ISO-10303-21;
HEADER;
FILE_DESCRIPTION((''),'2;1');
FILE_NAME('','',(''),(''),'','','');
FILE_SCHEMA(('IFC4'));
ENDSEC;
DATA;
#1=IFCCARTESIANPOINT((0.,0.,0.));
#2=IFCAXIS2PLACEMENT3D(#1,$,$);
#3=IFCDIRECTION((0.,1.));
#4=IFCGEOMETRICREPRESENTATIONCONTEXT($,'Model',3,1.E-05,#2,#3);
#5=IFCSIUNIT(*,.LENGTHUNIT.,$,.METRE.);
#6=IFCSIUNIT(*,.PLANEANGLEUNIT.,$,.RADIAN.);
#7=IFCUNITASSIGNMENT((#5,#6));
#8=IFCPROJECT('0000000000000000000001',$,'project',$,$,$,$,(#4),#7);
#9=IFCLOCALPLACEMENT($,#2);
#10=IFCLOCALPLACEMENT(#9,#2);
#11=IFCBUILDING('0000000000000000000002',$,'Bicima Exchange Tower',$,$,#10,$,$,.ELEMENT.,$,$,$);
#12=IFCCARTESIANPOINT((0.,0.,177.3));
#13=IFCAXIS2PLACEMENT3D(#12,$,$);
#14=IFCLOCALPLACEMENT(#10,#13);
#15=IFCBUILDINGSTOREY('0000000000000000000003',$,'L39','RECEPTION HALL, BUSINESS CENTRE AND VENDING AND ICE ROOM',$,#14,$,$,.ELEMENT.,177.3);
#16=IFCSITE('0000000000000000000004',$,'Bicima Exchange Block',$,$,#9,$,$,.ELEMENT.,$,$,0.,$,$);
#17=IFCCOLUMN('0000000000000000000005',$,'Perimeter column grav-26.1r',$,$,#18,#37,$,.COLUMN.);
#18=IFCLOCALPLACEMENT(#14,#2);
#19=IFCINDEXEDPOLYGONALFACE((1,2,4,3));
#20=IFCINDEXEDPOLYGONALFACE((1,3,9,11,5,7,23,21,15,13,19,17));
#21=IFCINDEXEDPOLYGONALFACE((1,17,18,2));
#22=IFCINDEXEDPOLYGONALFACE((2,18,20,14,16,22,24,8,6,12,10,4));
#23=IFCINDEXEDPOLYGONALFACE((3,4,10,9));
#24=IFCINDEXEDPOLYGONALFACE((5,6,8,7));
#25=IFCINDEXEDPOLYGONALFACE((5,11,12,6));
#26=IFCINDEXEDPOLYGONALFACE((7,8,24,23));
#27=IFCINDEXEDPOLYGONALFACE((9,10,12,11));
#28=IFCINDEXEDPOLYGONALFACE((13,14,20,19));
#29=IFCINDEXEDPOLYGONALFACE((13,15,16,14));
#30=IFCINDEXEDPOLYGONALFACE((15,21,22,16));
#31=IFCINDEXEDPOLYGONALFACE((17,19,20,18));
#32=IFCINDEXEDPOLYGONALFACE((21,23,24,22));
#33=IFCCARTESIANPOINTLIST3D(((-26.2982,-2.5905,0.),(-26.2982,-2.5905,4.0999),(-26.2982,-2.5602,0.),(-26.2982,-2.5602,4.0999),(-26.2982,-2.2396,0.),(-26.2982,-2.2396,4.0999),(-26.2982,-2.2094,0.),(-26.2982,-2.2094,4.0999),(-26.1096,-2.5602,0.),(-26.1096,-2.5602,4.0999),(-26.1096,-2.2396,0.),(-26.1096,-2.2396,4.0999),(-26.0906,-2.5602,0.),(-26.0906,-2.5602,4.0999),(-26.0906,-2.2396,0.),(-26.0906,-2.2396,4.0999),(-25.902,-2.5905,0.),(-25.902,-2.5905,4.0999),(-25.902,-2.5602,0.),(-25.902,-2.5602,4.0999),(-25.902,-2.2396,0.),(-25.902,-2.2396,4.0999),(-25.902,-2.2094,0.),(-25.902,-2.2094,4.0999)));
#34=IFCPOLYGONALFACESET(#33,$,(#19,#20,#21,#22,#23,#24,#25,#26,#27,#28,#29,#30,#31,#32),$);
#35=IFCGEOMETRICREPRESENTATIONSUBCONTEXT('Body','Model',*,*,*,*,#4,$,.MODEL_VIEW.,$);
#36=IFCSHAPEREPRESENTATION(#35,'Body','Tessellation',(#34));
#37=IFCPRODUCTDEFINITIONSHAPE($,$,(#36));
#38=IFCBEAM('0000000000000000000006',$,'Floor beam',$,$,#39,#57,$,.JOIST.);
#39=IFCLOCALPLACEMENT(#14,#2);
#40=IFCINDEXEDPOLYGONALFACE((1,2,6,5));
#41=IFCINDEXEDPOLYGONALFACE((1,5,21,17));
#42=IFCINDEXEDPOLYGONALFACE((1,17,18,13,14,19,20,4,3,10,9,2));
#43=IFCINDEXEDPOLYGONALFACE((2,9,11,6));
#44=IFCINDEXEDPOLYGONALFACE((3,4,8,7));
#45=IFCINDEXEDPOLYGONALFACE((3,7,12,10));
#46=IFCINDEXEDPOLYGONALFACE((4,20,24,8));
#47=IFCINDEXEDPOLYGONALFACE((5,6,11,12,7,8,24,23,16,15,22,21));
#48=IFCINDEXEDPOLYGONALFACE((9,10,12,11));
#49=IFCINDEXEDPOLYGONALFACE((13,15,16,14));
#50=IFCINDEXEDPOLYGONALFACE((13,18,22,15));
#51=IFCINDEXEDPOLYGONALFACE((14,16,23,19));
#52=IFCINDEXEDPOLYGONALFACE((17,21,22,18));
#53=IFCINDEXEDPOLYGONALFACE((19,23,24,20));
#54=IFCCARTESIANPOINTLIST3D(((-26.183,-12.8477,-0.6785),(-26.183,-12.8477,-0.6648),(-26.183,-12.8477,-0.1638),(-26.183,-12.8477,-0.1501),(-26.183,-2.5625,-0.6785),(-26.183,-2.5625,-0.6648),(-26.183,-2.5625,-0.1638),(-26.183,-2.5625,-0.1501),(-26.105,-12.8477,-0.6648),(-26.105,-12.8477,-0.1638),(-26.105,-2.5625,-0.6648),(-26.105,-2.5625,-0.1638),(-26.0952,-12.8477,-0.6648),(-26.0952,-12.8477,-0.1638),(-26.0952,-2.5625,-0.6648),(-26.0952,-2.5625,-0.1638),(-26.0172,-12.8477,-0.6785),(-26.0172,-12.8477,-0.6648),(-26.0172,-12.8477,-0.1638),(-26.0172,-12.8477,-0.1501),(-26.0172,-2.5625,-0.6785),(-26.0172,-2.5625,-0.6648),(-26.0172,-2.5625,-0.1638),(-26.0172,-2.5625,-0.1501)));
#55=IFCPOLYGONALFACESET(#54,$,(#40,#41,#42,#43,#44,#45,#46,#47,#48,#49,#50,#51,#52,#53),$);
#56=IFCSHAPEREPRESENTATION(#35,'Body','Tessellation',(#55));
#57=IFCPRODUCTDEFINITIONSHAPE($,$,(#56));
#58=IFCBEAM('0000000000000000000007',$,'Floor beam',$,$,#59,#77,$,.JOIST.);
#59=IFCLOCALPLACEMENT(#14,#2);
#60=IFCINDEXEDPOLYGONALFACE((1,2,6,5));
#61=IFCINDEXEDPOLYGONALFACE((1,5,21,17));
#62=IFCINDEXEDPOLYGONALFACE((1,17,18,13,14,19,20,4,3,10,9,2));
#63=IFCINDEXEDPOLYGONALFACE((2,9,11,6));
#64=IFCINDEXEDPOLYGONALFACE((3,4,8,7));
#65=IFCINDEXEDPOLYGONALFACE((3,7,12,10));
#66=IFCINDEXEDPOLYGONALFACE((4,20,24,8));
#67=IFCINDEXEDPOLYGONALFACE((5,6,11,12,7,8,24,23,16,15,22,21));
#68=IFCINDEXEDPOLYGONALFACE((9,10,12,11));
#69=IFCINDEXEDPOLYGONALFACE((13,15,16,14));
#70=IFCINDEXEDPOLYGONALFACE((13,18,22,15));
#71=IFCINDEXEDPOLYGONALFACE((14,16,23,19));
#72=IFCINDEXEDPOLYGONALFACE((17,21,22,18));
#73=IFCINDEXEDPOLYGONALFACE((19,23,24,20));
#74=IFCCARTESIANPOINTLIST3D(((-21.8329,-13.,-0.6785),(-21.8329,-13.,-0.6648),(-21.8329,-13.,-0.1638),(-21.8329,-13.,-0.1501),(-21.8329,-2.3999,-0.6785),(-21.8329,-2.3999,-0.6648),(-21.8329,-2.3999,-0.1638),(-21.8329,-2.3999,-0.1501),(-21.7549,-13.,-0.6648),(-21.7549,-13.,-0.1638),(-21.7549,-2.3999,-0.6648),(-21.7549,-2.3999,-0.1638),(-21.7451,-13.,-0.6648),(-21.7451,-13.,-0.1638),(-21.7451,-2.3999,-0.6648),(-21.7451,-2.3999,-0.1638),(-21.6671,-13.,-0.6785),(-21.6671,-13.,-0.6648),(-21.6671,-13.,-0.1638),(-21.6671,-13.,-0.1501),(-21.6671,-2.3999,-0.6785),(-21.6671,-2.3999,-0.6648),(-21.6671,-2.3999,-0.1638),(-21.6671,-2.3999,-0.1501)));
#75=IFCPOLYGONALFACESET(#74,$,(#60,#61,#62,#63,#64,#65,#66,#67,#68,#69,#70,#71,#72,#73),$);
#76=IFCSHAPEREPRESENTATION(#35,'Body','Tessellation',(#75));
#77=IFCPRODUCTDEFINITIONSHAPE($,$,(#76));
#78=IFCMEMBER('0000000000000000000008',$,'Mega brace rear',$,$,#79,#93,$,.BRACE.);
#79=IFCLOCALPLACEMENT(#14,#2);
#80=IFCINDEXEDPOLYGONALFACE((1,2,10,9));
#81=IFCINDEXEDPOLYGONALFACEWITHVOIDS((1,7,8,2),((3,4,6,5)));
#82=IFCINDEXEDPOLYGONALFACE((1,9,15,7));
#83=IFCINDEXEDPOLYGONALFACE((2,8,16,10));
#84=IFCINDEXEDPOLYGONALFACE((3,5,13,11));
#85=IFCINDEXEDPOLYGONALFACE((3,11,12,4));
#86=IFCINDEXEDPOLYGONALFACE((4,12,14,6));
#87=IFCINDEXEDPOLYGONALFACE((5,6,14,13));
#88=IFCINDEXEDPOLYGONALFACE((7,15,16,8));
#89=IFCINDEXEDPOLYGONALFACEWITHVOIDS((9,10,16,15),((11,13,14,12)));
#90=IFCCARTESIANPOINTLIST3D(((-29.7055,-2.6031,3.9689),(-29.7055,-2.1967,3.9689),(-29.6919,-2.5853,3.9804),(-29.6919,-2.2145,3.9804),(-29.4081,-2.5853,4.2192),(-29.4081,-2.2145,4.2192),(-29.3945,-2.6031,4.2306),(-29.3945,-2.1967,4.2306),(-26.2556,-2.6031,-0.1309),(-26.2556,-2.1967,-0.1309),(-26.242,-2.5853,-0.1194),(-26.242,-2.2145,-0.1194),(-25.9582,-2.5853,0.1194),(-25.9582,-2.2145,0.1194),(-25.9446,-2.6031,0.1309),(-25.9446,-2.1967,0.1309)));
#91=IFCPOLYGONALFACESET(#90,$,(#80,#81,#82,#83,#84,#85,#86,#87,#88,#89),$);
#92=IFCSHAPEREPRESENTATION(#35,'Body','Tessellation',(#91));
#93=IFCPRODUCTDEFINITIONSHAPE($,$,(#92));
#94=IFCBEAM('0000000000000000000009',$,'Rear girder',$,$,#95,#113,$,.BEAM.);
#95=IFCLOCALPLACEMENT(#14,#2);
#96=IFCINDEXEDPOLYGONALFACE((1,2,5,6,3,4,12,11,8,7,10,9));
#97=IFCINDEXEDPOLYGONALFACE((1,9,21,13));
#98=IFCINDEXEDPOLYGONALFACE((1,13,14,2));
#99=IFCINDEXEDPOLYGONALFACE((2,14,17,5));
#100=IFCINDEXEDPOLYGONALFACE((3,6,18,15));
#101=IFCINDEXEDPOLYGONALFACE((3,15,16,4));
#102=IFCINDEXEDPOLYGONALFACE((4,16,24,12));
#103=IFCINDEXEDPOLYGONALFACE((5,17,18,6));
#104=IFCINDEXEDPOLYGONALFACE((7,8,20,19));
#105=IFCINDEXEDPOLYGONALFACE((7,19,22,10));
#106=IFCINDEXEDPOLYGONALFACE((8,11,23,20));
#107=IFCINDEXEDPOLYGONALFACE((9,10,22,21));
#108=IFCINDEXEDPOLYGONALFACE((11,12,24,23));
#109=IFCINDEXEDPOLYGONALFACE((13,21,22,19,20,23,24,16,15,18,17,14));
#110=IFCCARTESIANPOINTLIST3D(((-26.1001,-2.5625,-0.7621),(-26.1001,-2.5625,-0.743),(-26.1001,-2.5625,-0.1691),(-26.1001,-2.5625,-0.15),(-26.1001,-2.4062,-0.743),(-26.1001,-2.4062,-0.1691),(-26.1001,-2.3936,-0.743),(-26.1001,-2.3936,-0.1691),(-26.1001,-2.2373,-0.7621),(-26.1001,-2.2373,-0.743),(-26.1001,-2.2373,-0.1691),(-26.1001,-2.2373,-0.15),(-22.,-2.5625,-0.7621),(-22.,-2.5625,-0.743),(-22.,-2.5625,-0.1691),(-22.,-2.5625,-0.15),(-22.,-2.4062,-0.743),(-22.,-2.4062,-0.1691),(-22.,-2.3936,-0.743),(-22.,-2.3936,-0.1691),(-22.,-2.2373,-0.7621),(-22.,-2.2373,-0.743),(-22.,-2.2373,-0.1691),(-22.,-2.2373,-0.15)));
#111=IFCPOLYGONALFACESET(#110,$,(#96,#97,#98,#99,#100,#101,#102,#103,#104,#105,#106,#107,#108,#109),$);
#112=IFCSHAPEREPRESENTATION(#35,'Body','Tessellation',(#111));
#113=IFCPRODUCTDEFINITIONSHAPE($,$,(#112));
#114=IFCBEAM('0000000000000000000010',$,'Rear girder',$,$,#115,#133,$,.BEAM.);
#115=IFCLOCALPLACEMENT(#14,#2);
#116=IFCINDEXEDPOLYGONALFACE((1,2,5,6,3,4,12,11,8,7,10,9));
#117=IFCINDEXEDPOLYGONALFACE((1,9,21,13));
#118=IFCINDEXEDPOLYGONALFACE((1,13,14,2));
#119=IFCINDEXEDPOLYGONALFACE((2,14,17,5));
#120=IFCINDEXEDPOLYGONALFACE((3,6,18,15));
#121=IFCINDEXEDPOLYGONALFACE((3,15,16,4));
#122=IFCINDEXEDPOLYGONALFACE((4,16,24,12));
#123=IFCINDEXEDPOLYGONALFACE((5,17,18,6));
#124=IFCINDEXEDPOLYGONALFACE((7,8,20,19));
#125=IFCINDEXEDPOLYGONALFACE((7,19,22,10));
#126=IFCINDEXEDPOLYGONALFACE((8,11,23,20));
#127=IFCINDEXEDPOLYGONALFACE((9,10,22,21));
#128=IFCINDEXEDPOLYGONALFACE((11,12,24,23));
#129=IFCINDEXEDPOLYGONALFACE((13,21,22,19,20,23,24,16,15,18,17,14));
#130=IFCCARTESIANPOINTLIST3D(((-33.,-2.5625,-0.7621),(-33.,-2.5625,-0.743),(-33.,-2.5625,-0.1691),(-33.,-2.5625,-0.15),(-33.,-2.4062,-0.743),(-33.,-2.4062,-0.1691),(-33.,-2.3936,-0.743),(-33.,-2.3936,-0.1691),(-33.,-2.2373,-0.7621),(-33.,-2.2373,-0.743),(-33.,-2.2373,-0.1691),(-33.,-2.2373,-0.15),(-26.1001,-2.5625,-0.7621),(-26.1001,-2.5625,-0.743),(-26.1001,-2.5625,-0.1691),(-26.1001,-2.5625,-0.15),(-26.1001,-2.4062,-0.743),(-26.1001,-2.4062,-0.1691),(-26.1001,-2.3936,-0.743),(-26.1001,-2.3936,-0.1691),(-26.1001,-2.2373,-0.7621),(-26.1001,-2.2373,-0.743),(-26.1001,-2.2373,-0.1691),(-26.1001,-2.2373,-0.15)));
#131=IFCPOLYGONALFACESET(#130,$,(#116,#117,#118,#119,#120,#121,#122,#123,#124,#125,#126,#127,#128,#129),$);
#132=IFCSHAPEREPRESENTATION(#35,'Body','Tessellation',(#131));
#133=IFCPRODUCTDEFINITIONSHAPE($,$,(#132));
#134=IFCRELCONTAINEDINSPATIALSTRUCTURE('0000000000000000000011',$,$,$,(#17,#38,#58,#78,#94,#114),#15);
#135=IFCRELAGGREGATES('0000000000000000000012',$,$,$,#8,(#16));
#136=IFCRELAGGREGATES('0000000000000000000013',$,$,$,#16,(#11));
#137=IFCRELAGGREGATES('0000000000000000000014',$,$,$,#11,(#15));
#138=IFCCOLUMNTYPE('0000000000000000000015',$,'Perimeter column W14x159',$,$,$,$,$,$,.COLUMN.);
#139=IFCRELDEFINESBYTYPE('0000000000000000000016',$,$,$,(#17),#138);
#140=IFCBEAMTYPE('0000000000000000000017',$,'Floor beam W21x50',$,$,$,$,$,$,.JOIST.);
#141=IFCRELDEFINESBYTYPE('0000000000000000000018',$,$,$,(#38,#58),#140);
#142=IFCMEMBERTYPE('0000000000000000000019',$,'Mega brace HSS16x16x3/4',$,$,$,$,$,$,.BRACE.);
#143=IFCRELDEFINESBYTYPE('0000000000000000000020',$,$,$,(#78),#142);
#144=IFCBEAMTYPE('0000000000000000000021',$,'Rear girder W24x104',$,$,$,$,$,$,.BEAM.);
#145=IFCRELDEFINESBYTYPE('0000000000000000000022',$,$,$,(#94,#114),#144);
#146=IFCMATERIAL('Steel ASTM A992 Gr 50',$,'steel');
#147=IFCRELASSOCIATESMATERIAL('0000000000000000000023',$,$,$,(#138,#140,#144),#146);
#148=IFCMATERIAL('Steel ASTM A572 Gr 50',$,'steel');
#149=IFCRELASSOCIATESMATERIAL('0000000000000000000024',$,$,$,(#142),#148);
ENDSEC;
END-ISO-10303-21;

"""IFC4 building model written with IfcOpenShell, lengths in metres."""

from ifc_helpers import new_model, si_unit, direction, frame, origin, origin_2d, place, context, subcontext, project, spatial, hollow_rectangle, i_section, extrude, material, material_profile, profile_set, type_object, element, save


model = new_model("IFC4")

# Units and contexts
model_context = context("Model", 3, precision=1e-05, world=origin(), true_north=direction((0.0, 1.0)))
body_context = subcontext(model_context, "Body", "Model", "MODEL_VIEW")
ifc_project = project(units=[si_unit("LENGTHUNIT", "METRE"), si_unit("PLANEANGLEUNIT", "RADIAN")], contexts=[model_context])

# Site, building, storey
site_placement = place(None, origin())
site = spatial("IfcSite", under=ifc_project, at=site_placement, Name="Bicima Exchange Block", CompositionType="ELEMENT", RefElevation=0.0)
building_placement = place(site_placement, origin())
building = spatial("IfcBuilding", under=site, at=building_placement, Name="Bicima Exchange Tower", CompositionType="ELEMENT")
storey_placement = place(building_placement, frame((0.0, 0.0, 177.3)))
storey = spatial("IfcBuildingStorey", under=building, at=storey_placement, Name="L39", Description="RECEPTION HALL, BUSINESS CENTRE AND VENDING AND ICE ROOM", CompositionType="ELEMENT", Elevation=177.3)

# Column
ifc_material_1 = material(Name="Steel ASTM A992 Gr 50", Category="steel")
ifc_material_profile_1 = material_profile(ifc_material_1, i_section(OverallWidth=0.3962, OverallDepth=0.3811, WebThickness=0.019, FlangeThickness=0.0303, at=origin_2d()))
ifc_profile_set_1 = profile_set([ifc_material_profile_1], Name="Steel ASTM A992 Gr 50")
column_type = type_object("IfcColumnType", Name="Perimeter column W14x159", PredefinedType="COLUMN", material=ifc_profile_set_1)
column_placement = place(storey_placement, frame((-26.1001, -2.3999, 0.0), z_axis=(0.0, 0.0, 1.0), x_axis=(1.0, 0.0, 0.0)))
element("IfcColumn", 1, at=column_placement, inside=storey, type_object=column_type, Name="Perimeter column grav-26.1r", PredefinedType="COLUMN", context=body_context, shape_type="SweptSolid", body=[
    extrude(i_section(OverallWidth=0.3962, OverallDepth=0.3811, WebThickness=0.019, FlangeThickness=0.0303, at=origin_2d()), origin(), (0.0, 0.0, 1.0), 4.0999),
])

# Beams
ifc_material_profile_2 = material_profile(ifc_material_1, i_section(OverallWidth=0.1658, OverallDepth=0.5283, WebThickness=0.0098, FlangeThickness=0.0137, at=origin_2d()))
ifc_profile_set_2 = profile_set([ifc_material_profile_2], Name="Steel ASTM A992 Gr 50")
beam_type_1 = type_object("IfcBeamType", Name="Floor beam W21x50", PredefinedType="JOIST", material=ifc_profile_set_2)
beam_1_placement = place(storey_placement, frame((-26.1001, -2.5625, -0.4143), z_axis=(0.0, -1.0, 0.0), x_axis=(1.0, 0.0, 0.0)))
element("IfcBeam", 2, at=beam_1_placement, inside=storey, type_object=beam_type_1, Name="Floor beam", PredefinedType="JOIST", context=body_context, shape_type="SweptSolid", body=[
    extrude(i_section(OverallWidth=0.1658, OverallDepth=0.5283, WebThickness=0.0098, FlangeThickness=0.0137, at=origin_2d()), origin(), (0.0, 0.0, 1.0), 10.2852),
])
beam_2_placement = place(storey_placement, frame((-21.75, -2.3999, -0.4143), z_axis=(0.0, -1.0, 0.0), x_axis=(1.0, 0.0, 0.0)))
element("IfcBeam", 3, at=beam_2_placement, inside=storey, type_object=beam_type_1, Name="Floor beam", PredefinedType="JOIST", context=body_context, shape_type="SweptSolid", body=[
    extrude(i_section(OverallWidth=0.1658, OverallDepth=0.5283, WebThickness=0.0098, FlangeThickness=0.0137, at=origin_2d()), origin(), (0.0, 0.0, 1.0), 10.6001),
])

# Member
ifc_material_2 = material(Name="Steel ASTM A572 Gr 50", Category="steel")
ifc_material_profile_3 = material_profile(ifc_material_2, hollow_rectangle(XDim=0.4065, YDim=0.4065, WallThickness=0.0178, at=origin_2d()))
ifc_profile_set_3 = profile_set([ifc_material_profile_3], Name="Steel ASTM A572 Gr 50")
member_type = type_object("IfcMemberType", Name="Mega brace HSS16x16x3/4", PredefinedType="BRACE", material=ifc_profile_set_3)
member_placement = place(storey_placement, frame((-26.1001, -2.3999, 0.0), z_axis=(-0.643856, 0.0, 0.765146), x_axis=(0.0, -1.0, 0.0)))
element("IfcMember", 4, at=member_placement, inside=storey, type_object=member_type, Name="Mega brace rear", PredefinedType="BRACE", context=body_context, shape_type="SweptSolid", body=[
    extrude(hollow_rectangle(XDim=0.4065, YDim=0.4065, WallThickness=0.0178, at=origin_2d()), origin(), (0.0, 0.0, 1.0), 5.3582),
])

# Beams
ifc_material_profile_4 = material_profile(ifc_material_1, i_section(OverallWidth=0.3252, OverallDepth=0.6121, WebThickness=0.0127, FlangeThickness=0.019, at=origin_2d()))
ifc_profile_set_4 = profile_set([ifc_material_profile_4], Name="Steel ASTM A992 Gr 50")
beam_type_2 = type_object("IfcBeamType", Name="Rear girder W24x104", PredefinedType="BEAM", material=ifc_profile_set_4)
beam_3_placement = place(storey_placement, frame((-22.0, -2.3999, -0.4561), z_axis=(-1.0, 0.0, 0.0), x_axis=(0.0, -1.0, 0.0)))
element("IfcBeam", 5, at=beam_3_placement, inside=storey, type_object=beam_type_2, Name="Rear girder", PredefinedType="BEAM", context=body_context, shape_type="SweptSolid", body=[
    extrude(i_section(OverallWidth=0.3252, OverallDepth=0.6121, WebThickness=0.0127, FlangeThickness=0.019, at=origin_2d()), origin(), (0.0, 0.0, 1.0), 4.1001),
])
beam_4_placement = place(storey_placement, frame((-26.1001, -2.3999, -0.4561), z_axis=(-1.0, 0.0, 0.0), x_axis=(0.0, -1.0, 0.0)))
element("IfcBeam", 6, at=beam_4_placement, inside=storey, type_object=beam_type_2, Name="Rear girder", PredefinedType="BEAM", context=body_context, shape_type="SweptSolid", body=[
    extrude(i_section(OverallWidth=0.3252, OverallDepth=0.6121, WebThickness=0.0127, FlangeThickness=0.019, at=origin_2d()), origin(), (0.0, 0.0, 1.0), 6.8999),
])

save(model, "model.ifc")
